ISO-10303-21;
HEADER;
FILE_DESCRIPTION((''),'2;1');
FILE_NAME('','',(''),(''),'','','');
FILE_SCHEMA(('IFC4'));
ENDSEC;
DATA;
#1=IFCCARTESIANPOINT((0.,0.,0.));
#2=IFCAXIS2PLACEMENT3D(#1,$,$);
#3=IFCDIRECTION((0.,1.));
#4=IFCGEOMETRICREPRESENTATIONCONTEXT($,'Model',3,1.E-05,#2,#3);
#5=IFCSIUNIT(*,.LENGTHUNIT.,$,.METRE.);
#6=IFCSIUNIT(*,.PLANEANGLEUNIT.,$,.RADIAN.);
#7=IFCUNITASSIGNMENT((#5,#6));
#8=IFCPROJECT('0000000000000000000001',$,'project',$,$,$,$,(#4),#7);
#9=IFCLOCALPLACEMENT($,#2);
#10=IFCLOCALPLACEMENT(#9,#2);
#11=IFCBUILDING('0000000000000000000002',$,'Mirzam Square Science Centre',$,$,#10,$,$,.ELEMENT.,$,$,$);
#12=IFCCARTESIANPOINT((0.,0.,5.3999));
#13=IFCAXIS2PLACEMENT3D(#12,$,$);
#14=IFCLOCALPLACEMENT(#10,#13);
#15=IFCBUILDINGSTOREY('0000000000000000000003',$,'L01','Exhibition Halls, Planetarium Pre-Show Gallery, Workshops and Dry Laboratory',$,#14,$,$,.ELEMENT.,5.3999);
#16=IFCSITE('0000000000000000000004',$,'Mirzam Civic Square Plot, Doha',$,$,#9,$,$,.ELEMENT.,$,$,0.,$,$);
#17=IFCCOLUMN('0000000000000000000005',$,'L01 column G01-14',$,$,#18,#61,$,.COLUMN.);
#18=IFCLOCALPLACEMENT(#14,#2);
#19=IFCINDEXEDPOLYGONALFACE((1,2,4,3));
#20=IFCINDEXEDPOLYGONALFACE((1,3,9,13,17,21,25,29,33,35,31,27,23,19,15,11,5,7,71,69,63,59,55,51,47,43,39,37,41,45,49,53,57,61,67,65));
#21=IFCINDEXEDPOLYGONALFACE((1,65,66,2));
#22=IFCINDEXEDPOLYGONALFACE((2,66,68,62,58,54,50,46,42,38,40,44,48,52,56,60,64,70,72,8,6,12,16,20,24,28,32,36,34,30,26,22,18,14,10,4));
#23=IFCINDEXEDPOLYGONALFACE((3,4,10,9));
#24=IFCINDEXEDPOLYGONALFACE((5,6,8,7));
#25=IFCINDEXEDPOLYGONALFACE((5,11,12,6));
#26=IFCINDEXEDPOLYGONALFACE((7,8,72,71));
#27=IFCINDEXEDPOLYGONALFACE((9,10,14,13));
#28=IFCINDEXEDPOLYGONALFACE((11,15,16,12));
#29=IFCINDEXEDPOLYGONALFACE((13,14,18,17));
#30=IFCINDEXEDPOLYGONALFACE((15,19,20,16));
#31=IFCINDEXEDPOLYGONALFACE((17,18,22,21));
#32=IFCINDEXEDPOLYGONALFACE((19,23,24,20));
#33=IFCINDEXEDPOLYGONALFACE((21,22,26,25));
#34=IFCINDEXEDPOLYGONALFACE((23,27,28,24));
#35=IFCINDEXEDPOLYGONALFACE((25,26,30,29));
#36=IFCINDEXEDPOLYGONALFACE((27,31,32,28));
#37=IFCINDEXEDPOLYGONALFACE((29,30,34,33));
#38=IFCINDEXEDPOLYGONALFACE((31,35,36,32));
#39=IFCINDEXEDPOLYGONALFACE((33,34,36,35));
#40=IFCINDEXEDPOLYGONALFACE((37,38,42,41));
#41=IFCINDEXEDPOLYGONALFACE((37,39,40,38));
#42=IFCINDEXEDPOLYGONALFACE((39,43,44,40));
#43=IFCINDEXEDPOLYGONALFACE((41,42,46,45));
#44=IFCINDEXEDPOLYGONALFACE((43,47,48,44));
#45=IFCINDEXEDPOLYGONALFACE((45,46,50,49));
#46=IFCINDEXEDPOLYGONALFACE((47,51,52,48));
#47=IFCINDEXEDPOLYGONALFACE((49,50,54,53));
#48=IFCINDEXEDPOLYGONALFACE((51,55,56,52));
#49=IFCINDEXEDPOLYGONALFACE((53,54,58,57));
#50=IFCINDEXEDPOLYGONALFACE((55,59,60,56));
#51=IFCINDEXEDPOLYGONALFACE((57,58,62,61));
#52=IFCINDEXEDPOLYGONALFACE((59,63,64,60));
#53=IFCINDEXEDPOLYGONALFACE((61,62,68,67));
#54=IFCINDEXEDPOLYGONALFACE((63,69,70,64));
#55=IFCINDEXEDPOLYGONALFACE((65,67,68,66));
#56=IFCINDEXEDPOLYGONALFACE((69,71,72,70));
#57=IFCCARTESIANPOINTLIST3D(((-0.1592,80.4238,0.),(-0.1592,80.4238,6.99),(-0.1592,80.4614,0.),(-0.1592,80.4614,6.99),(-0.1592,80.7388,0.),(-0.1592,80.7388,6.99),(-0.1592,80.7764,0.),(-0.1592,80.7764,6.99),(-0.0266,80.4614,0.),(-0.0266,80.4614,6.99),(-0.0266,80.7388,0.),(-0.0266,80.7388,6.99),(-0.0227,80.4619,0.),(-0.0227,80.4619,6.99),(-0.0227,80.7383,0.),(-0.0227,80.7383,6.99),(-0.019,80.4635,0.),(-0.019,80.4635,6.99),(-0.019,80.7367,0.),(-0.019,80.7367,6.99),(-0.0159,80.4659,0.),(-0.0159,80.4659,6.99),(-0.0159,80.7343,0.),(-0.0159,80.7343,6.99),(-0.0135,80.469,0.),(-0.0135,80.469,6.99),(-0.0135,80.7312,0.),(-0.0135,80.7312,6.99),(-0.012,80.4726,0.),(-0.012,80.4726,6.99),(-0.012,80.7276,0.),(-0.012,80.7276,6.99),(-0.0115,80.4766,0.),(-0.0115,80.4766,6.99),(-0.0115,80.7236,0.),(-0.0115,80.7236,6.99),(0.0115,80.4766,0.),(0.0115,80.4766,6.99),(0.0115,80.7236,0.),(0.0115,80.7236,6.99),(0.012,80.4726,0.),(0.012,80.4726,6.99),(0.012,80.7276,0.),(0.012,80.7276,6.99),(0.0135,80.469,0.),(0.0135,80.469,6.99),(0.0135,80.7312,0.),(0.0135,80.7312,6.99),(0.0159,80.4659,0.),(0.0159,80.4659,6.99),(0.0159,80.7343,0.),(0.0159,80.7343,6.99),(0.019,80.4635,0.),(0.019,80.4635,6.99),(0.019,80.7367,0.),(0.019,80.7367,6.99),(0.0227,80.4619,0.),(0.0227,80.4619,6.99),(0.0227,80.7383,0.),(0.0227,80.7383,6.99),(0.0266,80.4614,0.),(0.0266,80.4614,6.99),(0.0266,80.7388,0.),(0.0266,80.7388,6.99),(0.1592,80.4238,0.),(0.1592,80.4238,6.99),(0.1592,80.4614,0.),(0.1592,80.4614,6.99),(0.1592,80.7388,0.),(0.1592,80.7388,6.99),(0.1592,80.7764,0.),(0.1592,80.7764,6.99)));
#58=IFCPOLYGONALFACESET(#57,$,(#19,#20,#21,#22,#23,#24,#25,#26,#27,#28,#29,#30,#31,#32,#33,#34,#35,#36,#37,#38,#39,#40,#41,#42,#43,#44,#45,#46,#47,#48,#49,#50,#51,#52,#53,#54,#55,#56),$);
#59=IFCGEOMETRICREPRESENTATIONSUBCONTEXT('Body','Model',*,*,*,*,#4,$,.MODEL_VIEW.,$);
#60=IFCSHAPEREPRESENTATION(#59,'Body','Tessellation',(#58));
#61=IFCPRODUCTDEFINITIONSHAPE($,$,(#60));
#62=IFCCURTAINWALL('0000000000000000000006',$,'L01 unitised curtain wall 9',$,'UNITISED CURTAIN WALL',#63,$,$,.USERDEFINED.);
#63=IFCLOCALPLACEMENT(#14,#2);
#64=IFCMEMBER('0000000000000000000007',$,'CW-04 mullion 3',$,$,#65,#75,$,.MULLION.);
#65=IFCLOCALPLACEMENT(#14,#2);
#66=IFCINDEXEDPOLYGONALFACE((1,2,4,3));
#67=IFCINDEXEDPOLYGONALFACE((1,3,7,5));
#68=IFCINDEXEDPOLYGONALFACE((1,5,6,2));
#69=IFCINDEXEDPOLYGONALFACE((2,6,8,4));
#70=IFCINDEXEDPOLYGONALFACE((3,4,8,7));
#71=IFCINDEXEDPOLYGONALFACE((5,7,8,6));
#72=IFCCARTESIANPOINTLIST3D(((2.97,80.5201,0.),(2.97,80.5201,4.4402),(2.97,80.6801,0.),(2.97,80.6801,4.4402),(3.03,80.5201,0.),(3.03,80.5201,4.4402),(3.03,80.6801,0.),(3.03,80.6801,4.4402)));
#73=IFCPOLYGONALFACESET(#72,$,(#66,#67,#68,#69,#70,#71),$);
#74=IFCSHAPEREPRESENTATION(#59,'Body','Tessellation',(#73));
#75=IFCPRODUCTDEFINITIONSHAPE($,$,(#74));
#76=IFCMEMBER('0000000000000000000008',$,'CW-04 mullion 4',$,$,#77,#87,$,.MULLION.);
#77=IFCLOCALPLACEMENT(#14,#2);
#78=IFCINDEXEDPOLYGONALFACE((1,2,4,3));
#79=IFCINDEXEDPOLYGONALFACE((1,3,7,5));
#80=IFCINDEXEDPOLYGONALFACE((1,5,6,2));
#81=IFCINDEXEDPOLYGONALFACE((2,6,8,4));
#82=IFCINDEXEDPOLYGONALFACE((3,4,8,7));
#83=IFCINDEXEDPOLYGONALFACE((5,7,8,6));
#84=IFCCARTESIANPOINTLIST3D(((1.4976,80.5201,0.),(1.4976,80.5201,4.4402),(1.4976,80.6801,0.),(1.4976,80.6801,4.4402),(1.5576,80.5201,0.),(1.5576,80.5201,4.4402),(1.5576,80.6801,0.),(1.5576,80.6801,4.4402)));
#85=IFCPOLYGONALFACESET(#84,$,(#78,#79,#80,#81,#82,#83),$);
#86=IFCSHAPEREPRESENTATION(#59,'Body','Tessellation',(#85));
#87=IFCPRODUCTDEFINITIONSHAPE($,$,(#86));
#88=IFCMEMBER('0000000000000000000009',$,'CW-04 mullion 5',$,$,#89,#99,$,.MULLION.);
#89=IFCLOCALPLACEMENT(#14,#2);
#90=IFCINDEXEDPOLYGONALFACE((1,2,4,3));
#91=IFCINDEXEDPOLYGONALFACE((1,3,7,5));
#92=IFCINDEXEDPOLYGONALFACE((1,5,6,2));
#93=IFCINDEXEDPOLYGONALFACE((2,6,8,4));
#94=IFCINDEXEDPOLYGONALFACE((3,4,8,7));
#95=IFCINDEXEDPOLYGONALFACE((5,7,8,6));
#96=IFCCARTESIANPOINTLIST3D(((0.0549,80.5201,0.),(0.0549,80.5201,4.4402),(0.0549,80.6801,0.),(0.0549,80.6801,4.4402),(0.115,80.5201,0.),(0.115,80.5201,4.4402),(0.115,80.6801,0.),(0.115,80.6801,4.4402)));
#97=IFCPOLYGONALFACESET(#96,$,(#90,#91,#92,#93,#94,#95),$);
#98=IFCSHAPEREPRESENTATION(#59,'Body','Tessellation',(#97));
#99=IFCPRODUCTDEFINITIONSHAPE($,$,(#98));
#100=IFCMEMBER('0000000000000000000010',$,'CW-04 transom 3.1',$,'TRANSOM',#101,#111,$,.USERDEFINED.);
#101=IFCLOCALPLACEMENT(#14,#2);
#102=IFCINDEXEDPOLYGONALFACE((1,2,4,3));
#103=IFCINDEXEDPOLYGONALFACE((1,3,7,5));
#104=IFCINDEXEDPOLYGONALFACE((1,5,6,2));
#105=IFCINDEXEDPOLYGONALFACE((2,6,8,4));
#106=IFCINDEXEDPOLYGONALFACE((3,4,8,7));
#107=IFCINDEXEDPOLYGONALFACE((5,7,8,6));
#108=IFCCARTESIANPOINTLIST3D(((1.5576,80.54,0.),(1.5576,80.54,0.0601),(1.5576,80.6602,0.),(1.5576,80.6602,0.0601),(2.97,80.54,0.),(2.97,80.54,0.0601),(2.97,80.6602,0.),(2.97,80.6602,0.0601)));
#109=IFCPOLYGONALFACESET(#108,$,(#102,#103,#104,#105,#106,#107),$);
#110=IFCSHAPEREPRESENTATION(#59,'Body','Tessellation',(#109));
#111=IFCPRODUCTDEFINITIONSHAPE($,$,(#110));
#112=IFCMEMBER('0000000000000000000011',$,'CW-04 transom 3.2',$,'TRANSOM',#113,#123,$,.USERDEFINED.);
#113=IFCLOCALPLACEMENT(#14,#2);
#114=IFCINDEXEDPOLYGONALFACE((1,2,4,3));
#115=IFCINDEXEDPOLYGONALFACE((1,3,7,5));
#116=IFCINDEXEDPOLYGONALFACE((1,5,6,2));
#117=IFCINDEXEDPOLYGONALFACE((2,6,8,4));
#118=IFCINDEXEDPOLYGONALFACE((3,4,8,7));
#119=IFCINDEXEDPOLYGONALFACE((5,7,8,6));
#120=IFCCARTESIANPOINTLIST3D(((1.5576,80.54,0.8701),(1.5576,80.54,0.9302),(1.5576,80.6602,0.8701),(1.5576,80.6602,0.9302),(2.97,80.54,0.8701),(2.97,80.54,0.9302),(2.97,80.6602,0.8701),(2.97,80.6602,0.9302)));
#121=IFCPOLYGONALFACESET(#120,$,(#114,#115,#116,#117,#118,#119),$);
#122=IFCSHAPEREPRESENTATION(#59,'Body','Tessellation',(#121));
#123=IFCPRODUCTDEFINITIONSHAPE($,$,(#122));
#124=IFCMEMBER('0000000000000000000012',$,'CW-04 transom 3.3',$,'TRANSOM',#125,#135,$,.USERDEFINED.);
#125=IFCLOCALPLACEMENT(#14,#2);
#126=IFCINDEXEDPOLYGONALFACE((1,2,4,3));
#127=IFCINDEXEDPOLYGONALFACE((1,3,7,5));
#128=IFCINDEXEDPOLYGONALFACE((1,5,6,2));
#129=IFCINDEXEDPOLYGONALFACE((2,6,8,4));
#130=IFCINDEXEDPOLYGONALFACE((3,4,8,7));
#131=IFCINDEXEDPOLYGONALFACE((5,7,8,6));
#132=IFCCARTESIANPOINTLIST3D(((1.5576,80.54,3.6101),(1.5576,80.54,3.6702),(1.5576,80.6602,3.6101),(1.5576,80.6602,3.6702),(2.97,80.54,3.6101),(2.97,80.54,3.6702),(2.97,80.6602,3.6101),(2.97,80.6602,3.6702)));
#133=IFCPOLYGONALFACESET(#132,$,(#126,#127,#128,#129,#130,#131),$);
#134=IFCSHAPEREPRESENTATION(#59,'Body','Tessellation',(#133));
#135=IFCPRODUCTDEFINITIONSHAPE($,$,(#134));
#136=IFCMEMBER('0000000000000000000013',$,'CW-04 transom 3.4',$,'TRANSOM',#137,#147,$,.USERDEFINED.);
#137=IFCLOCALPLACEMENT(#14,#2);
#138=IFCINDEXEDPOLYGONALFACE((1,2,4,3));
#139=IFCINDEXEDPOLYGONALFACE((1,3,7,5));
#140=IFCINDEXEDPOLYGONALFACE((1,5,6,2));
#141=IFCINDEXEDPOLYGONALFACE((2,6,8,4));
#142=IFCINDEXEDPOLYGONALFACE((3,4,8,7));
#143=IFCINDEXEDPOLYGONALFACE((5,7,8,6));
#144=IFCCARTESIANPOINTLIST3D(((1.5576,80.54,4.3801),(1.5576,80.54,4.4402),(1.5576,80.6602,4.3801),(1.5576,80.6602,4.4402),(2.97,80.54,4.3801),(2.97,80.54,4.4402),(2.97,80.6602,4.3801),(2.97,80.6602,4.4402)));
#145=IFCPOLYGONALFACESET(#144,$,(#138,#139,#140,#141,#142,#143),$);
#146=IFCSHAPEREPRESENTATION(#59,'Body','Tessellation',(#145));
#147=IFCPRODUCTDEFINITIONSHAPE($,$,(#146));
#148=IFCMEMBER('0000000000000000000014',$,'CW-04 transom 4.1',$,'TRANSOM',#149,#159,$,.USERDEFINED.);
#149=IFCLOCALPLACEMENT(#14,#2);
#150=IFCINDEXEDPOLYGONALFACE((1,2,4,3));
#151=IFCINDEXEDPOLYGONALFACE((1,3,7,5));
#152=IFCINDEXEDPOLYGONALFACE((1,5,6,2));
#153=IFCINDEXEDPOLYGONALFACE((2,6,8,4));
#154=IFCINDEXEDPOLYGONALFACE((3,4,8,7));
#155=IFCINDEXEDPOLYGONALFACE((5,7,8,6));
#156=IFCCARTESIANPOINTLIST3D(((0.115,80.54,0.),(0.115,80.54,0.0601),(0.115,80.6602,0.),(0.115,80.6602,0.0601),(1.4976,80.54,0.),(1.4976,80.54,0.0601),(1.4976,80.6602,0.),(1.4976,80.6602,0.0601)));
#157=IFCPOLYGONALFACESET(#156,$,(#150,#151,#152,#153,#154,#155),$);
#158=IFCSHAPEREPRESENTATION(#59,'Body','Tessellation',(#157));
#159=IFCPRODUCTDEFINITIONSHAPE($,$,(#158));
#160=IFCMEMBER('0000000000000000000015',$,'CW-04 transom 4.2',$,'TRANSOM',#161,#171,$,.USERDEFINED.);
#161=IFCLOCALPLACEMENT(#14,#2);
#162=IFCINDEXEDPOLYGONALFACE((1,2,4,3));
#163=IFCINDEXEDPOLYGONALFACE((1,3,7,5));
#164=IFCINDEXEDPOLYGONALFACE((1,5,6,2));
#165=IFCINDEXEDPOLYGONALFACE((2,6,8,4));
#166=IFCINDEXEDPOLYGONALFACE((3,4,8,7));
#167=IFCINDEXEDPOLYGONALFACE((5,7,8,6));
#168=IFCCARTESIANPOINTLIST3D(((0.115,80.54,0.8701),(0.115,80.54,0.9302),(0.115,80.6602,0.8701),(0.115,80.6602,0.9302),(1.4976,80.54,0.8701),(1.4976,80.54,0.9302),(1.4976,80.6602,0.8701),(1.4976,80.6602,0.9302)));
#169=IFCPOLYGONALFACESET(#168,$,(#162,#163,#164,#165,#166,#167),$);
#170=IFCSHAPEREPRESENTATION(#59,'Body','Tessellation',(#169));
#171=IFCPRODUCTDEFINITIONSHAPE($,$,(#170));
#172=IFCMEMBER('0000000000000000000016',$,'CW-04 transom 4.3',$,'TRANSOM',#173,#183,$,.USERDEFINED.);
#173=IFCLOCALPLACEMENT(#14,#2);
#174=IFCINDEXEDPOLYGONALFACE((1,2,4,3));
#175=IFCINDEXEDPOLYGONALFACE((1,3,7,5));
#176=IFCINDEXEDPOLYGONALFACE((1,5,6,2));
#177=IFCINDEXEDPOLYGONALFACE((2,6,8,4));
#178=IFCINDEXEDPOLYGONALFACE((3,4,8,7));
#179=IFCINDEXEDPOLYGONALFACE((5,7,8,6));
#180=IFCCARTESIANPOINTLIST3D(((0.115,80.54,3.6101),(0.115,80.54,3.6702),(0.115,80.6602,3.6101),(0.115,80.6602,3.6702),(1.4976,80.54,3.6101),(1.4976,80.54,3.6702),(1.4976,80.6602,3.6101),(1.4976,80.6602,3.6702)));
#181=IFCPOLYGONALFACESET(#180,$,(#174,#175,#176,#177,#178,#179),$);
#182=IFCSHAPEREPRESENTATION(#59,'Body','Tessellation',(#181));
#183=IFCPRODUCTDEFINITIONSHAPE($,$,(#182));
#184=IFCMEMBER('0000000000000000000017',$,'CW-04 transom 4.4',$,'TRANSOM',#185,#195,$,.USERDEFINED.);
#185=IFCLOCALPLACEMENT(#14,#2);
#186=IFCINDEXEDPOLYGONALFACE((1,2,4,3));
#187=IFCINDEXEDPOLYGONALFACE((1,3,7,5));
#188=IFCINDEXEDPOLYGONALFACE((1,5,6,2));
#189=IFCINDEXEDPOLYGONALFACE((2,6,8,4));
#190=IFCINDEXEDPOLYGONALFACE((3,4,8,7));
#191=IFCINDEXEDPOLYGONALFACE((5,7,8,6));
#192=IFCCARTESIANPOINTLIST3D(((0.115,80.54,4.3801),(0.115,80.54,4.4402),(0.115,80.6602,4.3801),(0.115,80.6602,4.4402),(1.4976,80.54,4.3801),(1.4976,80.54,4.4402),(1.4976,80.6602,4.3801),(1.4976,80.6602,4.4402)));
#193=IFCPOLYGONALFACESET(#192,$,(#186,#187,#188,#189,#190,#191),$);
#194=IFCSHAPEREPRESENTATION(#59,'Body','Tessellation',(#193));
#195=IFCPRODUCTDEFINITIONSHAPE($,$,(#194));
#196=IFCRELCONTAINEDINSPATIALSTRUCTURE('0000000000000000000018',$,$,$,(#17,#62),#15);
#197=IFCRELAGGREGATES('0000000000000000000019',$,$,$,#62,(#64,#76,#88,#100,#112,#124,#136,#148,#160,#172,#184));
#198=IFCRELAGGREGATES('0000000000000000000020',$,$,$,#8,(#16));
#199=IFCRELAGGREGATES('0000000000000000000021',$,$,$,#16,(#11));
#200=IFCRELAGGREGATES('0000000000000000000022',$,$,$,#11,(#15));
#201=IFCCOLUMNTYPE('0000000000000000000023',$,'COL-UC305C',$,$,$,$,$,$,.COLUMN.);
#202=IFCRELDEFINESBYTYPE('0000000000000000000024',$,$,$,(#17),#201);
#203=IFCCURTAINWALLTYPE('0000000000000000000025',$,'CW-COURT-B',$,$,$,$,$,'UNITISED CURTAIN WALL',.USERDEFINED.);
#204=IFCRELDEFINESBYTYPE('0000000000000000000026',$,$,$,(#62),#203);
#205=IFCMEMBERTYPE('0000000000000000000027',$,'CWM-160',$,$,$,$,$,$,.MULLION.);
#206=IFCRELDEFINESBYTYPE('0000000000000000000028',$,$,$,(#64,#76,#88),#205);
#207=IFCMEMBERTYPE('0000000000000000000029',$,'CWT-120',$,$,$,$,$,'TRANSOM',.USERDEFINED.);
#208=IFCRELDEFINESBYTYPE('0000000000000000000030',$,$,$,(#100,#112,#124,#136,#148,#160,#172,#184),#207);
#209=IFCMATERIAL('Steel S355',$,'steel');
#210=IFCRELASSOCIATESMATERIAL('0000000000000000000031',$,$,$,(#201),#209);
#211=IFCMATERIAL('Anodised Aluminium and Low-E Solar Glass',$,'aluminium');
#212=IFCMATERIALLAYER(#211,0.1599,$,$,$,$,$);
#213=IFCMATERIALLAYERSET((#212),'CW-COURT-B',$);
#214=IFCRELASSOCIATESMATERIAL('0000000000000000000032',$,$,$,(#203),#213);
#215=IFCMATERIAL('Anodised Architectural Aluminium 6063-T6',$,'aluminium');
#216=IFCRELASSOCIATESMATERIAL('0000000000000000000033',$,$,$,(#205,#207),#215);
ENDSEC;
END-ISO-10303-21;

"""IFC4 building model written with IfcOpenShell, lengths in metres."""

from ifc_helpers import new_model, si_unit, direction, frame, origin, origin_2d, place, context, subcontext, project, spatial, rectangle, i_section, extrude, material, layer, layer_set, material_profile, profile_set, type_object, element, aggregate, save


model = new_model("IFC4")

# Units and contexts
model_context = context("Model", 3, precision=1e-05, world=origin(), true_north=direction((0.0, 1.0)))
body_context = subcontext(model_context, "Body", "Model", "MODEL_VIEW")
ifc_project = project(units=[si_unit("LENGTHUNIT", "METRE"), si_unit("PLANEANGLEUNIT", "RADIAN")], contexts=[model_context])

# Site, building, storey
site_placement = place(None, origin())
site = spatial("IfcSite", under=ifc_project, at=site_placement, Name="Mirzam Civic Square Plot, Doha", CompositionType="ELEMENT", RefElevation=0.0)
building_placement = place(site_placement, origin())
building = spatial("IfcBuilding", under=site, at=building_placement, Name="Mirzam Square Science Centre", CompositionType="ELEMENT")
storey_placement = place(building_placement, frame((0.0, 0.0, 5.3999)))
storey = spatial("IfcBuildingStorey", under=building, at=storey_placement, Name="L01", Description="Exhibition Halls, Planetarium Pre-Show Gallery, Workshops and Dry Laboratory", CompositionType="ELEMENT", Elevation=5.3999)

# Column
ifc_material_1 = material(Name="Steel S355", Category="steel")
ifc_material_profile_1 = material_profile(ifc_material_1, i_section(OverallWidth=0.3184, OverallDepth=0.3525, WebThickness=0.0229, FlangeThickness=0.0376, FilletRadius=0.0151, at=origin_2d()), Name="305x305x240UC")
ifc_profile_set_1 = profile_set([ifc_material_profile_1], Name="Steel S355")
column_type = type_object("IfcColumnType", Name="COL-UC305C", PredefinedType="COLUMN", material=ifc_profile_set_1)
column_placement = place(storey_placement, frame((0.0, 80.6001, 0.0), z_axis=(0.0, 0.0, 1.0), x_axis=(1.0, 0.0, 0.0)))
element("IfcColumn", 1, at=column_placement, inside=storey, type_object=column_type, Name="L01 column G01-14", PredefinedType="COLUMN", context=body_context, shape_type="SweptSolid", body=[
    extrude(i_section(OverallWidth=0.3184, OverallDepth=0.3525, WebThickness=0.0229, FlangeThickness=0.0376, FilletRadius=0.0151, at=origin_2d()), origin(), (0.0, 0.0, 1.0), 6.99),
])

# Curtain wall, members
ifc_material_2 = material(Name="Anodised Aluminium and Low-E Solar Glass", Category="aluminium")
ifc_layer_1 = layer(ifc_material_2, 0.1599)
ifc_layer_set_1 = layer_set([ifc_layer_1], Name="CW-COURT-B")
curtain_wall_type = type_object("IfcCurtainWallType", Name="CW-COURT-B", ElementType="UNITISED CURTAIN WALL", PredefinedType="USERDEFINED", material=ifc_layer_set_1)
curtain_wall_placement = place(storey_placement, origin())
curtain_wall = element("IfcCurtainWall", 2, at=curtain_wall_placement, inside=storey, type_object=curtain_wall_type, Name="L01 unitised curtain wall 9", ObjectType="UNITISED CURTAIN WALL", PredefinedType="USERDEFINED")
ifc_material_3 = material(Name="Anodised Architectural Aluminium 6063-T6", Category="aluminium")
ifc_material_profile_2 = material_profile(ifc_material_3, rectangle(XDim=0.0601, YDim=0.1599, at=origin_2d()), Name="ALU-MULL-160x60x4")
ifc_profile_set_2 = profile_set([ifc_material_profile_2], Name="Anodised Architectural Aluminium 6063-T6")
member_type_1 = type_object("IfcMemberType", Name="CWM-160", PredefinedType="MULLION", material=ifc_profile_set_2)
member_1_placement = place(storey_placement, frame((3.0, 80.6001, 0.0), z_axis=(0.0, 0.0, 1.0), x_axis=(-1.0, 0.0, 0.0)))
member_1 = element("IfcMember", 3, at=member_1_placement, type_object=member_type_1, Name="CW-04 mullion 3", PredefinedType="MULLION", context=body_context, shape_type="SweptSolid", body=[
    extrude(rectangle(XDim=0.0601, YDim=0.1599, at=origin_2d()), origin(), (0.0, 0.0, 1.0), 4.4402),
])
member_2_placement = place(storey_placement, frame((1.5276, 80.6001, 0.0), z_axis=(0.0, 0.0, 1.0), x_axis=(-1.0, 0.0, 0.0)))
member_2 = element("IfcMember", 4, at=member_2_placement, type_object=member_type_1, Name="CW-04 mullion 4", PredefinedType="MULLION", context=body_context, shape_type="SweptSolid", body=[
    extrude(rectangle(XDim=0.0601, YDim=0.1599, at=origin_2d()), origin(), (0.0, 0.0, 1.0), 4.4402),
])
member_3_placement = place(storey_placement, frame((0.085, 80.6001, 0.0), z_axis=(0.0, 0.0, 1.0), x_axis=(-1.0, 0.0, 0.0)))
member_3 = element("IfcMember", 5, at=member_3_placement, type_object=member_type_1, Name="CW-04 mullion 5", PredefinedType="MULLION", context=body_context, shape_type="SweptSolid", body=[
    extrude(rectangle(XDim=0.0601, YDim=0.1599, at=origin_2d()), origin(), (0.0, 0.0, 1.0), 4.4402),
])
ifc_material_profile_3 = material_profile(ifc_material_3, rectangle(XDim=0.1201, YDim=0.0601, at=origin_2d()), Name="ALU-TRAN-120x60x4")
ifc_profile_set_3 = profile_set([ifc_material_profile_3], Name="Anodised Architectural Aluminium 6063-T6")
member_type_2 = type_object("IfcMemberType", Name="CWT-120", ElementType="TRANSOM", PredefinedType="USERDEFINED", material=ifc_profile_set_3)
member_4_placement = place(storey_placement, frame((2.97, 80.6001, 0.03), z_axis=(-1.0, 0.0, 0.0), x_axis=(0.0, -1.0, 0.0)))
member_4 = element("IfcMember", 6, at=member_4_placement, type_object=member_type_2, Name="CW-04 transom 3.1", ObjectType="TRANSOM", PredefinedType="USERDEFINED", context=body_context, shape_type="SweptSolid", body=[
    extrude(rectangle(XDim=0.1201, YDim=0.0601, at=origin_2d()), origin(), (0.0, 0.0, 1.0), 1.4124),
])
member_5_placement = place(storey_placement, frame((2.97, 80.6001, 0.9001), z_axis=(-1.0, 0.0, 0.0), x_axis=(0.0, -1.0, 0.0)))
member_5 = element("IfcMember", 7, at=member_5_placement, type_object=member_type_2, Name="CW-04 transom 3.2", ObjectType="TRANSOM", PredefinedType="USERDEFINED", context=body_context, shape_type="SweptSolid", body=[
    extrude(rectangle(XDim=0.1201, YDim=0.0601, at=origin_2d()), origin(), (0.0, 0.0, 1.0), 1.4124),
])
member_6_placement = place(storey_placement, frame((2.97, 80.6001, 3.6401), z_axis=(-1.0, 0.0, 0.0), x_axis=(0.0, -1.0, 0.0)))
member_6 = element("IfcMember", 8, at=member_6_placement, type_object=member_type_2, Name="CW-04 transom 3.3", ObjectType="TRANSOM", PredefinedType="USERDEFINED", context=body_context, shape_type="SweptSolid", body=[
    extrude(rectangle(XDim=0.1201, YDim=0.0601, at=origin_2d()), origin(), (0.0, 0.0, 1.0), 1.4124),
])
member_7_placement = place(storey_placement, frame((2.97, 80.6001, 4.4102), z_axis=(-1.0, 0.0, 0.0), x_axis=(0.0, -1.0, 0.0)))
member_7 = element("IfcMember", 9, at=member_7_placement, type_object=member_type_2, Name="CW-04 transom 3.4", ObjectType="TRANSOM", PredefinedType="USERDEFINED", context=body_context, shape_type="SweptSolid", body=[
    extrude(rectangle(XDim=0.1201, YDim=0.0601, at=origin_2d()), origin(), (0.0, 0.0, 1.0), 1.4124),
])
member_8_placement = place(storey_placement, frame((1.4976, 80.6001, 0.03), z_axis=(-1.0, 0.0, 0.0), x_axis=(0.0, -1.0, 0.0)))
member_8 = element("IfcMember", 10, at=member_8_placement, type_object=member_type_2, Name="CW-04 transom 4.1", ObjectType="TRANSOM", PredefinedType="USERDEFINED", context=body_context, shape_type="SweptSolid", body=[
    extrude(rectangle(XDim=0.1201, YDim=0.0601, at=origin_2d()), origin(), (0.0, 0.0, 1.0), 1.3826),
])
member_9_placement = place(storey_placement, frame((1.4976, 80.6001, 0.9001), z_axis=(-1.0, 0.0, 0.0), x_axis=(0.0, -1.0, 0.0)))
member_9 = element("IfcMember", 11, at=member_9_placement, type_object=member_type_2, Name="CW-04 transom 4.2", ObjectType="TRANSOM", PredefinedType="USERDEFINED", context=body_context, shape_type="SweptSolid", body=[
    extrude(rectangle(XDim=0.1201, YDim=0.0601, at=origin_2d()), origin(), (0.0, 0.0, 1.0), 1.3826),
])
member_10_placement = place(storey_placement, frame((1.4976, 80.6001, 3.6401), z_axis=(-1.0, 0.0, 0.0), x_axis=(0.0, -1.0, 0.0)))
member_10 = element("IfcMember", 12, at=member_10_placement, type_object=member_type_2, Name="CW-04 transom 4.3", ObjectType="TRANSOM", PredefinedType="USERDEFINED", context=body_context, shape_type="SweptSolid", body=[
    extrude(rectangle(XDim=0.1201, YDim=0.0601, at=origin_2d()), origin(), (0.0, 0.0, 1.0), 1.3826),
])
member_11_placement = place(storey_placement, frame((1.4976, 80.6001, 4.4102), z_axis=(-1.0, 0.0, 0.0), x_axis=(0.0, -1.0, 0.0)))
member_11 = element("IfcMember", 13, at=member_11_placement, type_object=member_type_2, Name="CW-04 transom 4.4", ObjectType="TRANSOM", PredefinedType="USERDEFINED", context=body_context, shape_type="SweptSolid", body=[
    extrude(rectangle(XDim=0.1201, YDim=0.0601, at=origin_2d()), origin(), (0.0, 0.0, 1.0), 1.3826),
])

aggregate(curtain_wall, [member_1, member_2, member_3, member_4, member_5, member_6, member_7, member_8, member_9, member_10, member_11])

save(model, "model.ifc")
